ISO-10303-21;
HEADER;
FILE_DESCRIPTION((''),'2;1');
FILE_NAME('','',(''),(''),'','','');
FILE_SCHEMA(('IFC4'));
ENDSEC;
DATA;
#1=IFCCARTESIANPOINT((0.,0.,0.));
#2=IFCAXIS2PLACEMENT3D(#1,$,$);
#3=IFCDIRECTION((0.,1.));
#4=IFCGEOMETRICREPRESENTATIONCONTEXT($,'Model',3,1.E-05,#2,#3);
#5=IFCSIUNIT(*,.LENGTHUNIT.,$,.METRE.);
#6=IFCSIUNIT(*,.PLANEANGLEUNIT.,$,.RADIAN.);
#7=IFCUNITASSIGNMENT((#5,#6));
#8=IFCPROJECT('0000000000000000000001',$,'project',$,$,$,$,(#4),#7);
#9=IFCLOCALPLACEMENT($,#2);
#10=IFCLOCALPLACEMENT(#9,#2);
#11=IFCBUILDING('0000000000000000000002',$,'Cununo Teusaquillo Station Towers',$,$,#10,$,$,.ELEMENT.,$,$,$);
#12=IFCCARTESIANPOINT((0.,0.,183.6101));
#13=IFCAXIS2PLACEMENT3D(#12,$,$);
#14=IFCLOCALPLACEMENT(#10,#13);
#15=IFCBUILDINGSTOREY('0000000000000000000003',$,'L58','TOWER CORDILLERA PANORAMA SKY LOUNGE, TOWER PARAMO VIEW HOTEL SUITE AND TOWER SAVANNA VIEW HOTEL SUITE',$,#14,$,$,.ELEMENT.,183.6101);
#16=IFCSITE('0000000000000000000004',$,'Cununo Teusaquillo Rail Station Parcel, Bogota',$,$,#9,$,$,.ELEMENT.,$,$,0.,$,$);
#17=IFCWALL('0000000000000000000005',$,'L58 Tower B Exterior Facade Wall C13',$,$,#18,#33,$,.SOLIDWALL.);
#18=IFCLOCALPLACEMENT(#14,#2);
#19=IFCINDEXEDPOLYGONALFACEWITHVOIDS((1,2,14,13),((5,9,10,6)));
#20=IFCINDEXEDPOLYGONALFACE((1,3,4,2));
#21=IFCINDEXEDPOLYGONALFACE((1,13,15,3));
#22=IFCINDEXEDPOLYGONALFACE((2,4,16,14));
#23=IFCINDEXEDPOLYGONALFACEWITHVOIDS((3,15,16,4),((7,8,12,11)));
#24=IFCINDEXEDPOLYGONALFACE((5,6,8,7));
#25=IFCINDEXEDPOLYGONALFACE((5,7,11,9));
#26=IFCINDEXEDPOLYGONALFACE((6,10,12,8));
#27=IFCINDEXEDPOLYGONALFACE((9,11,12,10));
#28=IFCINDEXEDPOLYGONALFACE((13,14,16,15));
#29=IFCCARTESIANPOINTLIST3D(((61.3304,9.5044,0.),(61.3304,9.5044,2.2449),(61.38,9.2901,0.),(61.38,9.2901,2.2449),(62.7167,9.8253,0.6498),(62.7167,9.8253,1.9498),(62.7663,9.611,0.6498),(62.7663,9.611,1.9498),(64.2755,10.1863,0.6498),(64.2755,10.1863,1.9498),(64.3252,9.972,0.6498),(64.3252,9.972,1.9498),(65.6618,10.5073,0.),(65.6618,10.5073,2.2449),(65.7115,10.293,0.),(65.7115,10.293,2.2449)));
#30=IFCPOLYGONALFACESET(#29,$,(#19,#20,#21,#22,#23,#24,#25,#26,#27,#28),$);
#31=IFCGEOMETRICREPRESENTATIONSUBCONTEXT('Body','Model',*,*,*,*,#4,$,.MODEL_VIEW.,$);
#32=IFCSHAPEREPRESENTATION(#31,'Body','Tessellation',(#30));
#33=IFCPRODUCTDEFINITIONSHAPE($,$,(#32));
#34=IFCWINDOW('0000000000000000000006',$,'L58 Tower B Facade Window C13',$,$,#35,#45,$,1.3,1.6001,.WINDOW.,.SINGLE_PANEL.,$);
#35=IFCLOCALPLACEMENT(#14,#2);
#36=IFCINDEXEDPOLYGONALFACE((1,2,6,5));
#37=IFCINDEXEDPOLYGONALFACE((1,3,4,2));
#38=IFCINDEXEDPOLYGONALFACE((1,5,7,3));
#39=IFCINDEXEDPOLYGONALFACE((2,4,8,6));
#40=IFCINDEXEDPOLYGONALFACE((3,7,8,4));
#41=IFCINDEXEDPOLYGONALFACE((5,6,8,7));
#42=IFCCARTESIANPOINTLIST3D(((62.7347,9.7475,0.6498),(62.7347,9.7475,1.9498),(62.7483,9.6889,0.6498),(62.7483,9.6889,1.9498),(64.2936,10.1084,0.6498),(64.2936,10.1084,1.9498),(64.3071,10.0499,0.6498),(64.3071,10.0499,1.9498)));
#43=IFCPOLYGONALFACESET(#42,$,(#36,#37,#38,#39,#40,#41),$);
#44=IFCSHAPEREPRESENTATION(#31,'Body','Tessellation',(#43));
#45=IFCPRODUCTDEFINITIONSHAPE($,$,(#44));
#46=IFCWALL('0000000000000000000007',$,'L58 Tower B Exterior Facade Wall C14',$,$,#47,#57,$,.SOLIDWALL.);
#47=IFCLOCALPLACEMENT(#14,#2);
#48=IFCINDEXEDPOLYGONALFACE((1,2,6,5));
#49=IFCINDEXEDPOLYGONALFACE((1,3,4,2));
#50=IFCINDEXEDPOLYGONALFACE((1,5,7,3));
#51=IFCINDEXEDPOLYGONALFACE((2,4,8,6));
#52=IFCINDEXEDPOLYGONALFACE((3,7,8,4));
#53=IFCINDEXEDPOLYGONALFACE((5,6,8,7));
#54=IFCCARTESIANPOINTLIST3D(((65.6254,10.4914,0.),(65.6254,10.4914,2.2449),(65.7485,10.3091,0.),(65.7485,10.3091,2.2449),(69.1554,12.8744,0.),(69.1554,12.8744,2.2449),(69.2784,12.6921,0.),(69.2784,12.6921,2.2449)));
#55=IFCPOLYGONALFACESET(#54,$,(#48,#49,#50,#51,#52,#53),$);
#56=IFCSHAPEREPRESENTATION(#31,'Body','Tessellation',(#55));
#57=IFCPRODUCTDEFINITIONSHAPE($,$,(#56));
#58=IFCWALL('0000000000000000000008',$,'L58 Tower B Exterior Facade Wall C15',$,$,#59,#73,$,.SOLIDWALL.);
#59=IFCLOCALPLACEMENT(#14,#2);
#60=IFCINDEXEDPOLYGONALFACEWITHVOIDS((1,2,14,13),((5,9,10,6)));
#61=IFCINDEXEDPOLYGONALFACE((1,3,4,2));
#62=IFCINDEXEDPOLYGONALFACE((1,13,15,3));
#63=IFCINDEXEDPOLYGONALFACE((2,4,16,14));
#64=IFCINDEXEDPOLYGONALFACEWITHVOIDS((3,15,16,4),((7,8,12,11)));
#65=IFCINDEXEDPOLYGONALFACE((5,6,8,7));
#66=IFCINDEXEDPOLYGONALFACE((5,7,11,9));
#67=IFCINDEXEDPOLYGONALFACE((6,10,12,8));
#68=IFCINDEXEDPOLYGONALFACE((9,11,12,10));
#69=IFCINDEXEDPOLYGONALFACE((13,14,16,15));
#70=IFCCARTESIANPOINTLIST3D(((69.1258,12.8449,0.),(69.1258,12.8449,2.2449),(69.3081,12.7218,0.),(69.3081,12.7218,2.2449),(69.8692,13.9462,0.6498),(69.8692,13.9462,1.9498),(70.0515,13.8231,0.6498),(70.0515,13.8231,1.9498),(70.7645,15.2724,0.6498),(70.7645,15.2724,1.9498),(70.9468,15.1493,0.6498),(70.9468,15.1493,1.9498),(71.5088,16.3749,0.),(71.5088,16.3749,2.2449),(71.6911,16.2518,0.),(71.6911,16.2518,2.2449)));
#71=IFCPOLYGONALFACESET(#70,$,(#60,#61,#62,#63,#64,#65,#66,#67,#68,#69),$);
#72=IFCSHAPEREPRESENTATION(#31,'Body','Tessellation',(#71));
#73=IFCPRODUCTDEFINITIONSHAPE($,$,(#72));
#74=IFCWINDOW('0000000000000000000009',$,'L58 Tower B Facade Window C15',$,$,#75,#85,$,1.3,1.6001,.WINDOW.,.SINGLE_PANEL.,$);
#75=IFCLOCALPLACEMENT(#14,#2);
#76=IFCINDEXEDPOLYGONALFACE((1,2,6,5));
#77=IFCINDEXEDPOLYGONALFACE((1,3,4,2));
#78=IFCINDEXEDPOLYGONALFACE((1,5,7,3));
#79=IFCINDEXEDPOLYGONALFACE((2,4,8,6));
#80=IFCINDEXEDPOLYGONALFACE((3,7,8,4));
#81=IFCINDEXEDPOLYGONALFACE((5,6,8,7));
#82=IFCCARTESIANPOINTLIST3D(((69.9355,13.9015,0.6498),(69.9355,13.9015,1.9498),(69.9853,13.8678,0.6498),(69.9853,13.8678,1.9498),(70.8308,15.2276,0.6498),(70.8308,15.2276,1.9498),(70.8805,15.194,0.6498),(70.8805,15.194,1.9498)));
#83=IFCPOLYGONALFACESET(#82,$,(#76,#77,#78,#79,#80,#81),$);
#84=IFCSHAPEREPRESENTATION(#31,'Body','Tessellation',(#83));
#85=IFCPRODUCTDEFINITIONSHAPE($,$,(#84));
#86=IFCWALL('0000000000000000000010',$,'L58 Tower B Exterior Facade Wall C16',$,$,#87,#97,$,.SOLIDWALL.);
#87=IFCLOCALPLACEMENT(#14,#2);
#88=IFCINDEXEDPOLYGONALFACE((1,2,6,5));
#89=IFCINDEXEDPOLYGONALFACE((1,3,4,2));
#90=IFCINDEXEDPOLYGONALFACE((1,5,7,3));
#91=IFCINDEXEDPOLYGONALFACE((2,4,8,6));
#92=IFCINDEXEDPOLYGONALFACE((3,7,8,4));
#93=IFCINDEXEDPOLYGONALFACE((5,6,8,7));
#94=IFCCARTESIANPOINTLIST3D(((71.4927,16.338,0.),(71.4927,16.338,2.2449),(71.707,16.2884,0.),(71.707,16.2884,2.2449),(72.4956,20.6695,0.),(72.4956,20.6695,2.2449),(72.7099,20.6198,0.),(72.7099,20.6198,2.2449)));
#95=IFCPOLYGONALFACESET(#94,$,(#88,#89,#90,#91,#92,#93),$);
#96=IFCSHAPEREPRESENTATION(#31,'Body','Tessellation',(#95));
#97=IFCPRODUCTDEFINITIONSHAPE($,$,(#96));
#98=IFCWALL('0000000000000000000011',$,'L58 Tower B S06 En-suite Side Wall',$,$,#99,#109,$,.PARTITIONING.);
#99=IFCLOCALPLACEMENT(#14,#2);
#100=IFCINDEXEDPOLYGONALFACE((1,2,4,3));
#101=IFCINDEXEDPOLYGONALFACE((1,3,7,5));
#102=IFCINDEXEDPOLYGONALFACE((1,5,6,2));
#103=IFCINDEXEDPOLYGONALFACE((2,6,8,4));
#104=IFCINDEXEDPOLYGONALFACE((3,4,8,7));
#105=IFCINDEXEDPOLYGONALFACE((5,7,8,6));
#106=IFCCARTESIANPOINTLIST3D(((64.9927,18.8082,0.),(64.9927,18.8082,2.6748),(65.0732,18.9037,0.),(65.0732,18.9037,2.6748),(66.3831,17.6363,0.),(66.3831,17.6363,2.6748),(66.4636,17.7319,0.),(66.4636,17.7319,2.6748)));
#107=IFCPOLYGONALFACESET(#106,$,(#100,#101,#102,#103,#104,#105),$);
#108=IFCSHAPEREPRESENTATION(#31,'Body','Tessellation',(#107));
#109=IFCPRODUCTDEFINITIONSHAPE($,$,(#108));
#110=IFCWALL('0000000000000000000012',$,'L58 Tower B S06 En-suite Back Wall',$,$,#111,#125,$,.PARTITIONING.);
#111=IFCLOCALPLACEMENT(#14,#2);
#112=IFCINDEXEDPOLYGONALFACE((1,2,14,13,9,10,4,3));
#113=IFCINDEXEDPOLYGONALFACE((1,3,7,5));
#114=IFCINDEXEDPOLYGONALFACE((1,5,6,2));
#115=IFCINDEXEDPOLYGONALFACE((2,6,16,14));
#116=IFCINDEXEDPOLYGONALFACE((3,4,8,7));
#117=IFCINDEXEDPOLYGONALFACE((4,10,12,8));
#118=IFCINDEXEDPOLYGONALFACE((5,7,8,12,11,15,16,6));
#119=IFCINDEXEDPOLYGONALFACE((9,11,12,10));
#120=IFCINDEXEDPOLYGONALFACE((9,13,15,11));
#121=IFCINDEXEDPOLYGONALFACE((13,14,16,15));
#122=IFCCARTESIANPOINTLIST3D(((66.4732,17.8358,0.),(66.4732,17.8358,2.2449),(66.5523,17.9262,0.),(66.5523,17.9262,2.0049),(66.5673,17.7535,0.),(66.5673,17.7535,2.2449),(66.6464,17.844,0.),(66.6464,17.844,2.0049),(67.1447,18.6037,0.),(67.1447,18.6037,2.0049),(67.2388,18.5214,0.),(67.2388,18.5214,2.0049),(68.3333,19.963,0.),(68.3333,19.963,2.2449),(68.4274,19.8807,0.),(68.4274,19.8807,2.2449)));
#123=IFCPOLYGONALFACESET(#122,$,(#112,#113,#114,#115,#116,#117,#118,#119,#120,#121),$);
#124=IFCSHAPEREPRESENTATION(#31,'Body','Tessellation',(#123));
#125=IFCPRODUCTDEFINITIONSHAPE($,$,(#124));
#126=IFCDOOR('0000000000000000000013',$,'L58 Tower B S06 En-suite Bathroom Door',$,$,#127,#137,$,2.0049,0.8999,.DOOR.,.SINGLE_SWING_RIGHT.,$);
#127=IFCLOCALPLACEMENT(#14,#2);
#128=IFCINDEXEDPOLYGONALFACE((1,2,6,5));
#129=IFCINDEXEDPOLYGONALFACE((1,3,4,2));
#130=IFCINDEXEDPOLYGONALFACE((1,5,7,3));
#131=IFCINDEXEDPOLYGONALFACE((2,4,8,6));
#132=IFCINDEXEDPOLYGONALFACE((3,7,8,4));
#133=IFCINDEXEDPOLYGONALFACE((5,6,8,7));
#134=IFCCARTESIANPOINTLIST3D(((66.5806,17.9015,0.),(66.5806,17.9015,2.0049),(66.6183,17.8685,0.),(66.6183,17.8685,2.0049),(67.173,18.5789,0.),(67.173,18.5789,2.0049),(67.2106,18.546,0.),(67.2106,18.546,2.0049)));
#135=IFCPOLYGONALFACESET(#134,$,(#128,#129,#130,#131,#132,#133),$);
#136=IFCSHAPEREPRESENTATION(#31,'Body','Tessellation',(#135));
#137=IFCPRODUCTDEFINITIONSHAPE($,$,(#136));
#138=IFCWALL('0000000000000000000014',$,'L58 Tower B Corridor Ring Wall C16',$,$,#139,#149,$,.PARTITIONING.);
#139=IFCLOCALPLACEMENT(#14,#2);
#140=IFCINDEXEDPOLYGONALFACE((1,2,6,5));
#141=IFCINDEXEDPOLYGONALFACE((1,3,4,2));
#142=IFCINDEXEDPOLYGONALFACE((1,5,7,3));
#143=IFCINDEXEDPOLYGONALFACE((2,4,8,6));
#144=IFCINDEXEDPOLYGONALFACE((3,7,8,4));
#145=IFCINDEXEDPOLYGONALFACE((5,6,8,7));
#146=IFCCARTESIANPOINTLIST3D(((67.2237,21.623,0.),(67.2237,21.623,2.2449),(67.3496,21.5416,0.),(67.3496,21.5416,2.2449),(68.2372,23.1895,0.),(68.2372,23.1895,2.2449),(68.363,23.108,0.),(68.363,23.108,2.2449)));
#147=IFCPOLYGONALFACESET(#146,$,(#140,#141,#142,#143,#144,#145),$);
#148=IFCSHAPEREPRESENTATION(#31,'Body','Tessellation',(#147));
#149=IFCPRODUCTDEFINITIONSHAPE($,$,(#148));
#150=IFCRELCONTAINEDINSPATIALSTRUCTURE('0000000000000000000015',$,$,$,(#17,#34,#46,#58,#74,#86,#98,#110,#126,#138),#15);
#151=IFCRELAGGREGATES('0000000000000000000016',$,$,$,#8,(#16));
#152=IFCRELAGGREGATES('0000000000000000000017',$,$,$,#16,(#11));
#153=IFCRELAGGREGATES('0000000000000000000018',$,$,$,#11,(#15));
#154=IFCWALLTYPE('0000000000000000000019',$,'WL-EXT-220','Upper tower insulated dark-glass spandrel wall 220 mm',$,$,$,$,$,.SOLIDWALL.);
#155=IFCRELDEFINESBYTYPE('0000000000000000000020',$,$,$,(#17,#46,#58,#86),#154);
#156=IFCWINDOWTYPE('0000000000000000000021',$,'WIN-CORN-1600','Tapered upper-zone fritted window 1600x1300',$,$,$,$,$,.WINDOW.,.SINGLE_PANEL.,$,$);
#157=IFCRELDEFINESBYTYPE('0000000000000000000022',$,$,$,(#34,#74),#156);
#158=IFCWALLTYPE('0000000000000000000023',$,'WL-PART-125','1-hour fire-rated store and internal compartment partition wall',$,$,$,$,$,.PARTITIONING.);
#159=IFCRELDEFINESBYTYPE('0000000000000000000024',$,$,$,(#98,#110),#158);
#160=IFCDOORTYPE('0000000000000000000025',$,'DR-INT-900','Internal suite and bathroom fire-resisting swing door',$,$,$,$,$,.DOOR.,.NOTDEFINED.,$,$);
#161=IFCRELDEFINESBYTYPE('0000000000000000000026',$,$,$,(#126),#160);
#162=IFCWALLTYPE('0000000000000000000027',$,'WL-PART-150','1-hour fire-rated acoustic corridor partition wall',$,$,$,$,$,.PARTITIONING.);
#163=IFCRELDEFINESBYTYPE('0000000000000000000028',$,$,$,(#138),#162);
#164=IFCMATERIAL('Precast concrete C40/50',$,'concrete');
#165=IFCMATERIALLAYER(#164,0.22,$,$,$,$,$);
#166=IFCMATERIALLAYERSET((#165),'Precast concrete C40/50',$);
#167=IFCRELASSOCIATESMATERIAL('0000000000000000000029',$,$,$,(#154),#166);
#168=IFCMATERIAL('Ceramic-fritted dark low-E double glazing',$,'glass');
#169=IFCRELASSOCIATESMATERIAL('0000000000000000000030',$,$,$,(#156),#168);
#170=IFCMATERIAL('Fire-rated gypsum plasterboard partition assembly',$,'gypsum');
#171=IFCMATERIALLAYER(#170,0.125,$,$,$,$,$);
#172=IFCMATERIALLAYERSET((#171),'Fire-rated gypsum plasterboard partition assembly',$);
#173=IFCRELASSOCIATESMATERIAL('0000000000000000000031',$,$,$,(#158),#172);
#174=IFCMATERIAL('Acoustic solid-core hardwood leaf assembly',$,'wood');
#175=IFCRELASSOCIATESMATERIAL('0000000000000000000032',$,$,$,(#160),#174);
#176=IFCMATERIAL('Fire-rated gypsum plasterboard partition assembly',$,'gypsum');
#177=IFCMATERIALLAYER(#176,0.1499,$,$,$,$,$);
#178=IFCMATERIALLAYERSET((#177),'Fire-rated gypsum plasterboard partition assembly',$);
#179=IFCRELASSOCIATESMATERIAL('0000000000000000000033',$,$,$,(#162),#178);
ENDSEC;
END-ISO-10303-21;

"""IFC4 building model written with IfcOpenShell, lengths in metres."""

from ifc_helpers import new_model, si_unit, direction, frame, frame_2d, origin, place, context, subcontext, project, spatial, rectangle, extrude, source, transform, mapped, material, layer, layer_set, type_object, element, fill, save


model = new_model("IFC4")

# Units and contexts
model_context = context("Model", 3, precision=1e-05, world=origin(), true_north=direction((0.0, 1.0)))
body_context = subcontext(model_context, "Body", "Model", "MODEL_VIEW")
ifc_project = project(units=[si_unit("LENGTHUNIT", "METRE"), si_unit("PLANEANGLEUNIT", "RADIAN")], contexts=[model_context])

# Site, building, storey
site_placement = place(None, origin())
site = spatial("IfcSite", under=ifc_project, at=site_placement, Name="Cununo Teusaquillo Rail Station Parcel, Bogota", CompositionType="ELEMENT", RefElevation=0.0)
building_placement = place(site_placement, origin())
building = spatial("IfcBuilding", under=site, at=building_placement, Name="Cununo Teusaquillo Station Towers", CompositionType="ELEMENT")
storey_placement = place(building_placement, frame((0.0, 0.0, 183.6101)))
storey = spatial("IfcBuildingStorey", under=building, at=storey_placement, Name="L58", Description="TOWER CORDILLERA PANORAMA SKY LOUNGE, TOWER PARAMO VIEW HOTEL SUITE AND TOWER SAVANNA VIEW HOTEL SUITE", CompositionType="ELEMENT", Elevation=183.6101)

# Wall, opening, window
ifc_material_1 = material(Name="Precast concrete C40/50", Category="concrete")
ifc_layer_1 = layer(ifc_material_1, 0.22)
ifc_layer_set_1 = layer_set([ifc_layer_1], Name="Precast concrete C40/50")
wall_type_1 = type_object("IfcWallType", Name="WL-EXT-220", Description="Upper tower insulated dark-glass spandrel wall 220 mm", PredefinedType="SOLIDWALL", material=ifc_layer_set_1)
wall_1_placement = place(storey_placement, frame((65.6868, 10.4001, 0.0), z_axis=(0.0, 0.0, 1.0), x_axis=(-0.974226, -0.225573, 0.0)))
wall_1 = element("IfcWall", 1, at=wall_1_placement, inside=storey, type_object=wall_type_1, Name="L58 Tower B Exterior Facade Wall C13", PredefinedType="SOLIDWALL", context=body_context, shape_type="SweptSolid", body=[
    extrude(rectangle(XDim=4.446, YDim=0.22, at=frame_2d((2.2231, 0.0))), origin(), (0.0, 0.0, 1.0), 2.2449),
])
shared_shape_1 = source(origin(), body_context, "Body", "SweptSolid", [
    extrude(rectangle(XDim=1.6001, YDim=1.3, at=frame_2d((0.8, 0.6499))), frame((0.0, 0.1199, 0.0), z_axis=(0.0, -1.0, 0.0), x_axis=(1.0, 0.0, 0.0)), (0.0, 0.0, 1.0), 0.24),
])
opening_1_placement = place(wall_1_placement, frame((1.4231, 0.0, 0.6499)))
opening_1 = element("IfcOpeningElement", 2, at=opening_1_placement, cuts=wall_1, PredefinedType="OPENING", context=body_context, shape_type="MappedRepresentation", body=[
    mapped(shared_shape_1, transform((0.0, 0.0, 0.0), x_axis=(1.0, 0.0, 0.0), y_axis=(0.0, 1.0, 0.0), z_axis=(0.0, 0.0, 1.0), scale=1.0)),
])
ifc_material_2 = material(Name="Ceramic-fritted dark low-E double glazing", Category="glass")
window_type = type_object("IfcWindowType", Name="WIN-CORN-1600", Description="Tapered upper-zone fritted window 1600x1300", PartitioningType="SINGLE_PANEL", PredefinedType="WINDOW", material=ifc_material_2)
shared_shape_2 = source(origin(), body_context, "Body", "SweptSolid", [
    extrude(rectangle(XDim=1.6001, YDim=1.3, at=frame_2d((0.8, 0.6499))), frame((0.0, 0.03, 0.0), z_axis=(0.0, -1.0, 0.0), x_axis=(1.0, 0.0, 0.0)), (0.0, 0.0, 1.0), 0.0601),
])
window_1_placement = place(opening_1_placement, origin())
window_1 = element("IfcWindow", 3, at=window_1_placement, inside=storey, type_object=window_type, Name="L58 Tower B Facade Window C13", OverallHeight=1.3, OverallWidth=1.6001, PartitioningType="SINGLE_PANEL", PredefinedType="WINDOW", context=body_context, shape_type="MappedRepresentation", body=[
    mapped(shared_shape_2, transform((0.0, 0.0, 0.0), x_axis=(1.0, 0.0, 0.0), y_axis=(0.0, 1.0, 0.0), z_axis=(0.0, 0.0, 1.0), scale=1.0)),
])
fill(opening_1, window_1)

# Wall
wall_2_placement = place(storey_placement, frame((69.2168, 12.7832, 0.0), z_axis=(0.0, 0.0, 1.0), x_axis=(-0.828817, -0.559519, 0.0)))
element("IfcWall", 4, at=wall_2_placement, inside=storey, type_object=wall_type_1, Name="L58 Tower B Exterior Facade Wall C14", PredefinedType="SOLIDWALL", context=body_context, shape_type="SweptSolid", body=[
    extrude(rectangle(XDim=4.259, YDim=0.22, at=frame_2d((2.1294, 0.0))), origin(), (0.0, 0.0, 1.0), 2.2449),
])

# Wall, opening, window
wall_3_placement = place(storey_placement, frame((71.5999, 16.3132, 0.0), z_axis=(0.0, 0.0, 1.0), x_axis=(-0.559519, -0.828817, 0.0)))
wall_3 = element("IfcWall", 5, at=wall_3_placement, inside=storey, type_object=wall_type_1, Name="L58 Tower B Exterior Facade Wall C15", PredefinedType="SOLIDWALL", context=body_context, shape_type="SweptSolid", body=[
    extrude(rectangle(XDim=4.259, YDim=0.22, at=frame_2d((2.1294, 0.0))), origin(), (0.0, 0.0, 1.0), 2.2449),
])
opening_2_placement = place(wall_3_placement, frame((1.3301, 0.0, 0.6499)))
opening_2 = element("IfcOpeningElement", 6, at=opening_2_placement, cuts=wall_3, PredefinedType="OPENING", context=body_context, shape_type="MappedRepresentation", body=[
    mapped(shared_shape_1, transform((0.0, 0.0, 0.0), x_axis=(1.0, 0.0, 0.0), y_axis=(0.0, 1.0, 0.0), z_axis=(0.0, 0.0, 1.0), scale=1.0)),
])
window_2_placement = place(opening_2_placement, origin())
window_2 = element("IfcWindow", 7, at=window_2_placement, inside=storey, type_object=window_type, Name="L58 Tower B Facade Window C15", OverallHeight=1.3, OverallWidth=1.6001, PartitioningType="SINGLE_PANEL", PredefinedType="WINDOW", context=body_context, shape_type="MappedRepresentation", body=[
    mapped(shared_shape_2, transform((0.0, 0.0, 0.0), x_axis=(1.0, 0.0, 0.0), y_axis=(0.0, 1.0, 0.0), z_axis=(0.0, 0.0, 1.0), scale=1.0)),
])
fill(opening_2, window_2)

# Walls
wall_4_placement = place(storey_placement, frame((72.6028, 20.6448, 0.0), z_axis=(0.0, 0.0, 1.0), x_axis=(-0.225573, -0.974226, 0.0)))
element("IfcWall", 8, at=wall_4_placement, inside=storey, type_object=wall_type_1, Name="L58 Tower B Exterior Facade Wall C16", PredefinedType="SOLIDWALL", context=body_context, shape_type="SweptSolid", body=[
    extrude(rectangle(XDim=4.446, YDim=0.22, at=frame_2d((2.2231, 0.0))), origin(), (0.0, 0.0, 1.0), 2.2449),
])
ifc_material_3 = material(Name="Fire-rated gypsum plasterboard partition assembly", Category="gypsum")
ifc_layer_2 = layer(ifc_material_3, 0.125)
ifc_layer_set_2 = layer_set([ifc_layer_2], Name="Fire-rated gypsum plasterboard partition assembly")
wall_type_2 = type_object("IfcWallType", Name="WL-PART-125", Description="1-hour fire-rated store and internal compartment partition wall", PredefinedType="PARTITIONING", material=ifc_layer_set_2)
wall_5_placement = place(storey_placement, frame((65.033, 18.856, 0.0), z_axis=(0.0, 0.0, 1.0), x_axis=(0.764633, -0.644466, 0.0)))
element("IfcWall", 9, at=wall_5_placement, inside=storey, type_object=wall_type_2, Name="L58 Tower B S06 En-suite Side Wall", PredefinedType="PARTITIONING", context=body_context, shape_type="SweptSolid", body=[
    extrude(rectangle(XDim=1.8184, YDim=0.125, at=frame_2d((0.9092, 0.0))), origin(), (0.0, 0.0, 1.0), 2.6748),
])

# Wall, opening, door
wall_6_placement = place(storey_placement, frame((66.5203, 17.7947, 0.0), z_axis=(0.0, 0.0, 1.0), x_axis=(0.658266, 0.752785, 0.0)))
wall_6 = element("IfcWall", 10, at=wall_6_placement, inside=storey, type_object=wall_type_2, Name="L58 Tower B S06 En-suite Back Wall", PredefinedType="PARTITIONING", context=body_context, shape_type="SweptSolid", body=[
    extrude(rectangle(XDim=2.8257, YDim=0.125, at=frame_2d((1.4128, 0.0))), origin(), (0.0, 0.0, 1.0), 2.2449),
])
shared_shape_3 = source(origin(), body_context, "Body", "SweptSolid", [
    extrude(rectangle(XDim=0.8999, YDim=2.0049, at=frame_2d((0.45, 1.0024))), frame((0.0, 0.0725, 0.0), z_axis=(0.0, -1.0, 0.0), x_axis=(1.0, 0.0, 0.0)), (0.0, 0.0, 1.0), 0.145),
])
opening_3_placement = place(wall_6_placement, frame((0.1201, 0.0, 0.0)))
opening_3 = element("IfcOpeningElement", 11, at=opening_3_placement, cuts=wall_6, PredefinedType="OPENING", context=body_context, shape_type="MappedRepresentation", body=[
    mapped(shared_shape_3, transform((0.0, 0.0, 0.0), x_axis=(1.0, 0.0, 0.0), y_axis=(0.0, 1.0, 0.0), z_axis=(0.0, 0.0, 1.0), scale=1.0)),
])
ifc_material_4 = material(Name="Acoustic solid-core hardwood leaf assembly", Category="wood")
door_type_1 = type_object("IfcDoorType", Name="DR-INT-900", Description="Internal suite and bathroom fire-resisting swing door", OperationType="NOTDEFINED", PredefinedType="DOOR", material=ifc_material_4)
shared_shape_4 = source(origin(), body_context, "Body", "SweptSolid", [
    extrude(rectangle(XDim=0.8999, YDim=2.0049, at=frame_2d((0.45, 1.0024))), frame((0.0, 0.0249, 0.0), z_axis=(0.0, -1.0, 0.0), x_axis=(1.0, 0.0, 0.0)), (0.0, 0.0, 1.0), 0.05),
])
door_1_placement = place(opening_3_placement, origin())
door_1 = element("IfcDoor", 12, at=door_1_placement, inside=storey, type_object=door_type_1, Name="L58 Tower B S06 En-suite Bathroom Door", OperationType="SINGLE_SWING_RIGHT", OverallHeight=2.0049, OverallWidth=0.8999, PredefinedType="DOOR", context=body_context, shape_type="MappedRepresentation", body=[
    mapped(shared_shape_4, transform((0.0, 0.0, 0.0), x_axis=(1.0, 0.0, 0.0), y_axis=(0.0, 1.0, 0.0), z_axis=(0.0, 0.0, 1.0), scale=1.0)),
])
fill(opening_3, door_1)

# Wall
ifc_material_5 = material(Name="Fire-rated gypsum plasterboard partition assembly", Category="gypsum")
ifc_layer_3 = layer(ifc_material_5, 0.1499)
ifc_layer_set_3 = layer_set([ifc_layer_3], Name="Fire-rated gypsum plasterboard partition assembly")
wall_type_3 = type_object("IfcWallType", Name="WL-PART-150", Description="1-hour fire-rated acoustic corridor partition wall", PredefinedType="PARTITIONING", material=ifc_layer_set_3)
wall_7_placement = place(storey_placement, frame((67.2866, 21.5823, 0.0), z_axis=(0.0, 0.0, 1.0), x_axis=(0.543202, 0.839602, 0.0)))
element("IfcWall", 13, at=wall_7_placement, inside=storey, type_object=wall_type_3, Name="L58 Tower B Corridor Ring Wall C16", PredefinedType="PARTITIONING", context=body_context, shape_type="SweptSolid", body=[
    extrude(rectangle(XDim=1.8657, YDim=0.1499, at=frame_2d((0.9329, 0.0))), origin(), (0.0, 0.0, 1.0), 2.2449),
])

save(model, "model.ifc")
